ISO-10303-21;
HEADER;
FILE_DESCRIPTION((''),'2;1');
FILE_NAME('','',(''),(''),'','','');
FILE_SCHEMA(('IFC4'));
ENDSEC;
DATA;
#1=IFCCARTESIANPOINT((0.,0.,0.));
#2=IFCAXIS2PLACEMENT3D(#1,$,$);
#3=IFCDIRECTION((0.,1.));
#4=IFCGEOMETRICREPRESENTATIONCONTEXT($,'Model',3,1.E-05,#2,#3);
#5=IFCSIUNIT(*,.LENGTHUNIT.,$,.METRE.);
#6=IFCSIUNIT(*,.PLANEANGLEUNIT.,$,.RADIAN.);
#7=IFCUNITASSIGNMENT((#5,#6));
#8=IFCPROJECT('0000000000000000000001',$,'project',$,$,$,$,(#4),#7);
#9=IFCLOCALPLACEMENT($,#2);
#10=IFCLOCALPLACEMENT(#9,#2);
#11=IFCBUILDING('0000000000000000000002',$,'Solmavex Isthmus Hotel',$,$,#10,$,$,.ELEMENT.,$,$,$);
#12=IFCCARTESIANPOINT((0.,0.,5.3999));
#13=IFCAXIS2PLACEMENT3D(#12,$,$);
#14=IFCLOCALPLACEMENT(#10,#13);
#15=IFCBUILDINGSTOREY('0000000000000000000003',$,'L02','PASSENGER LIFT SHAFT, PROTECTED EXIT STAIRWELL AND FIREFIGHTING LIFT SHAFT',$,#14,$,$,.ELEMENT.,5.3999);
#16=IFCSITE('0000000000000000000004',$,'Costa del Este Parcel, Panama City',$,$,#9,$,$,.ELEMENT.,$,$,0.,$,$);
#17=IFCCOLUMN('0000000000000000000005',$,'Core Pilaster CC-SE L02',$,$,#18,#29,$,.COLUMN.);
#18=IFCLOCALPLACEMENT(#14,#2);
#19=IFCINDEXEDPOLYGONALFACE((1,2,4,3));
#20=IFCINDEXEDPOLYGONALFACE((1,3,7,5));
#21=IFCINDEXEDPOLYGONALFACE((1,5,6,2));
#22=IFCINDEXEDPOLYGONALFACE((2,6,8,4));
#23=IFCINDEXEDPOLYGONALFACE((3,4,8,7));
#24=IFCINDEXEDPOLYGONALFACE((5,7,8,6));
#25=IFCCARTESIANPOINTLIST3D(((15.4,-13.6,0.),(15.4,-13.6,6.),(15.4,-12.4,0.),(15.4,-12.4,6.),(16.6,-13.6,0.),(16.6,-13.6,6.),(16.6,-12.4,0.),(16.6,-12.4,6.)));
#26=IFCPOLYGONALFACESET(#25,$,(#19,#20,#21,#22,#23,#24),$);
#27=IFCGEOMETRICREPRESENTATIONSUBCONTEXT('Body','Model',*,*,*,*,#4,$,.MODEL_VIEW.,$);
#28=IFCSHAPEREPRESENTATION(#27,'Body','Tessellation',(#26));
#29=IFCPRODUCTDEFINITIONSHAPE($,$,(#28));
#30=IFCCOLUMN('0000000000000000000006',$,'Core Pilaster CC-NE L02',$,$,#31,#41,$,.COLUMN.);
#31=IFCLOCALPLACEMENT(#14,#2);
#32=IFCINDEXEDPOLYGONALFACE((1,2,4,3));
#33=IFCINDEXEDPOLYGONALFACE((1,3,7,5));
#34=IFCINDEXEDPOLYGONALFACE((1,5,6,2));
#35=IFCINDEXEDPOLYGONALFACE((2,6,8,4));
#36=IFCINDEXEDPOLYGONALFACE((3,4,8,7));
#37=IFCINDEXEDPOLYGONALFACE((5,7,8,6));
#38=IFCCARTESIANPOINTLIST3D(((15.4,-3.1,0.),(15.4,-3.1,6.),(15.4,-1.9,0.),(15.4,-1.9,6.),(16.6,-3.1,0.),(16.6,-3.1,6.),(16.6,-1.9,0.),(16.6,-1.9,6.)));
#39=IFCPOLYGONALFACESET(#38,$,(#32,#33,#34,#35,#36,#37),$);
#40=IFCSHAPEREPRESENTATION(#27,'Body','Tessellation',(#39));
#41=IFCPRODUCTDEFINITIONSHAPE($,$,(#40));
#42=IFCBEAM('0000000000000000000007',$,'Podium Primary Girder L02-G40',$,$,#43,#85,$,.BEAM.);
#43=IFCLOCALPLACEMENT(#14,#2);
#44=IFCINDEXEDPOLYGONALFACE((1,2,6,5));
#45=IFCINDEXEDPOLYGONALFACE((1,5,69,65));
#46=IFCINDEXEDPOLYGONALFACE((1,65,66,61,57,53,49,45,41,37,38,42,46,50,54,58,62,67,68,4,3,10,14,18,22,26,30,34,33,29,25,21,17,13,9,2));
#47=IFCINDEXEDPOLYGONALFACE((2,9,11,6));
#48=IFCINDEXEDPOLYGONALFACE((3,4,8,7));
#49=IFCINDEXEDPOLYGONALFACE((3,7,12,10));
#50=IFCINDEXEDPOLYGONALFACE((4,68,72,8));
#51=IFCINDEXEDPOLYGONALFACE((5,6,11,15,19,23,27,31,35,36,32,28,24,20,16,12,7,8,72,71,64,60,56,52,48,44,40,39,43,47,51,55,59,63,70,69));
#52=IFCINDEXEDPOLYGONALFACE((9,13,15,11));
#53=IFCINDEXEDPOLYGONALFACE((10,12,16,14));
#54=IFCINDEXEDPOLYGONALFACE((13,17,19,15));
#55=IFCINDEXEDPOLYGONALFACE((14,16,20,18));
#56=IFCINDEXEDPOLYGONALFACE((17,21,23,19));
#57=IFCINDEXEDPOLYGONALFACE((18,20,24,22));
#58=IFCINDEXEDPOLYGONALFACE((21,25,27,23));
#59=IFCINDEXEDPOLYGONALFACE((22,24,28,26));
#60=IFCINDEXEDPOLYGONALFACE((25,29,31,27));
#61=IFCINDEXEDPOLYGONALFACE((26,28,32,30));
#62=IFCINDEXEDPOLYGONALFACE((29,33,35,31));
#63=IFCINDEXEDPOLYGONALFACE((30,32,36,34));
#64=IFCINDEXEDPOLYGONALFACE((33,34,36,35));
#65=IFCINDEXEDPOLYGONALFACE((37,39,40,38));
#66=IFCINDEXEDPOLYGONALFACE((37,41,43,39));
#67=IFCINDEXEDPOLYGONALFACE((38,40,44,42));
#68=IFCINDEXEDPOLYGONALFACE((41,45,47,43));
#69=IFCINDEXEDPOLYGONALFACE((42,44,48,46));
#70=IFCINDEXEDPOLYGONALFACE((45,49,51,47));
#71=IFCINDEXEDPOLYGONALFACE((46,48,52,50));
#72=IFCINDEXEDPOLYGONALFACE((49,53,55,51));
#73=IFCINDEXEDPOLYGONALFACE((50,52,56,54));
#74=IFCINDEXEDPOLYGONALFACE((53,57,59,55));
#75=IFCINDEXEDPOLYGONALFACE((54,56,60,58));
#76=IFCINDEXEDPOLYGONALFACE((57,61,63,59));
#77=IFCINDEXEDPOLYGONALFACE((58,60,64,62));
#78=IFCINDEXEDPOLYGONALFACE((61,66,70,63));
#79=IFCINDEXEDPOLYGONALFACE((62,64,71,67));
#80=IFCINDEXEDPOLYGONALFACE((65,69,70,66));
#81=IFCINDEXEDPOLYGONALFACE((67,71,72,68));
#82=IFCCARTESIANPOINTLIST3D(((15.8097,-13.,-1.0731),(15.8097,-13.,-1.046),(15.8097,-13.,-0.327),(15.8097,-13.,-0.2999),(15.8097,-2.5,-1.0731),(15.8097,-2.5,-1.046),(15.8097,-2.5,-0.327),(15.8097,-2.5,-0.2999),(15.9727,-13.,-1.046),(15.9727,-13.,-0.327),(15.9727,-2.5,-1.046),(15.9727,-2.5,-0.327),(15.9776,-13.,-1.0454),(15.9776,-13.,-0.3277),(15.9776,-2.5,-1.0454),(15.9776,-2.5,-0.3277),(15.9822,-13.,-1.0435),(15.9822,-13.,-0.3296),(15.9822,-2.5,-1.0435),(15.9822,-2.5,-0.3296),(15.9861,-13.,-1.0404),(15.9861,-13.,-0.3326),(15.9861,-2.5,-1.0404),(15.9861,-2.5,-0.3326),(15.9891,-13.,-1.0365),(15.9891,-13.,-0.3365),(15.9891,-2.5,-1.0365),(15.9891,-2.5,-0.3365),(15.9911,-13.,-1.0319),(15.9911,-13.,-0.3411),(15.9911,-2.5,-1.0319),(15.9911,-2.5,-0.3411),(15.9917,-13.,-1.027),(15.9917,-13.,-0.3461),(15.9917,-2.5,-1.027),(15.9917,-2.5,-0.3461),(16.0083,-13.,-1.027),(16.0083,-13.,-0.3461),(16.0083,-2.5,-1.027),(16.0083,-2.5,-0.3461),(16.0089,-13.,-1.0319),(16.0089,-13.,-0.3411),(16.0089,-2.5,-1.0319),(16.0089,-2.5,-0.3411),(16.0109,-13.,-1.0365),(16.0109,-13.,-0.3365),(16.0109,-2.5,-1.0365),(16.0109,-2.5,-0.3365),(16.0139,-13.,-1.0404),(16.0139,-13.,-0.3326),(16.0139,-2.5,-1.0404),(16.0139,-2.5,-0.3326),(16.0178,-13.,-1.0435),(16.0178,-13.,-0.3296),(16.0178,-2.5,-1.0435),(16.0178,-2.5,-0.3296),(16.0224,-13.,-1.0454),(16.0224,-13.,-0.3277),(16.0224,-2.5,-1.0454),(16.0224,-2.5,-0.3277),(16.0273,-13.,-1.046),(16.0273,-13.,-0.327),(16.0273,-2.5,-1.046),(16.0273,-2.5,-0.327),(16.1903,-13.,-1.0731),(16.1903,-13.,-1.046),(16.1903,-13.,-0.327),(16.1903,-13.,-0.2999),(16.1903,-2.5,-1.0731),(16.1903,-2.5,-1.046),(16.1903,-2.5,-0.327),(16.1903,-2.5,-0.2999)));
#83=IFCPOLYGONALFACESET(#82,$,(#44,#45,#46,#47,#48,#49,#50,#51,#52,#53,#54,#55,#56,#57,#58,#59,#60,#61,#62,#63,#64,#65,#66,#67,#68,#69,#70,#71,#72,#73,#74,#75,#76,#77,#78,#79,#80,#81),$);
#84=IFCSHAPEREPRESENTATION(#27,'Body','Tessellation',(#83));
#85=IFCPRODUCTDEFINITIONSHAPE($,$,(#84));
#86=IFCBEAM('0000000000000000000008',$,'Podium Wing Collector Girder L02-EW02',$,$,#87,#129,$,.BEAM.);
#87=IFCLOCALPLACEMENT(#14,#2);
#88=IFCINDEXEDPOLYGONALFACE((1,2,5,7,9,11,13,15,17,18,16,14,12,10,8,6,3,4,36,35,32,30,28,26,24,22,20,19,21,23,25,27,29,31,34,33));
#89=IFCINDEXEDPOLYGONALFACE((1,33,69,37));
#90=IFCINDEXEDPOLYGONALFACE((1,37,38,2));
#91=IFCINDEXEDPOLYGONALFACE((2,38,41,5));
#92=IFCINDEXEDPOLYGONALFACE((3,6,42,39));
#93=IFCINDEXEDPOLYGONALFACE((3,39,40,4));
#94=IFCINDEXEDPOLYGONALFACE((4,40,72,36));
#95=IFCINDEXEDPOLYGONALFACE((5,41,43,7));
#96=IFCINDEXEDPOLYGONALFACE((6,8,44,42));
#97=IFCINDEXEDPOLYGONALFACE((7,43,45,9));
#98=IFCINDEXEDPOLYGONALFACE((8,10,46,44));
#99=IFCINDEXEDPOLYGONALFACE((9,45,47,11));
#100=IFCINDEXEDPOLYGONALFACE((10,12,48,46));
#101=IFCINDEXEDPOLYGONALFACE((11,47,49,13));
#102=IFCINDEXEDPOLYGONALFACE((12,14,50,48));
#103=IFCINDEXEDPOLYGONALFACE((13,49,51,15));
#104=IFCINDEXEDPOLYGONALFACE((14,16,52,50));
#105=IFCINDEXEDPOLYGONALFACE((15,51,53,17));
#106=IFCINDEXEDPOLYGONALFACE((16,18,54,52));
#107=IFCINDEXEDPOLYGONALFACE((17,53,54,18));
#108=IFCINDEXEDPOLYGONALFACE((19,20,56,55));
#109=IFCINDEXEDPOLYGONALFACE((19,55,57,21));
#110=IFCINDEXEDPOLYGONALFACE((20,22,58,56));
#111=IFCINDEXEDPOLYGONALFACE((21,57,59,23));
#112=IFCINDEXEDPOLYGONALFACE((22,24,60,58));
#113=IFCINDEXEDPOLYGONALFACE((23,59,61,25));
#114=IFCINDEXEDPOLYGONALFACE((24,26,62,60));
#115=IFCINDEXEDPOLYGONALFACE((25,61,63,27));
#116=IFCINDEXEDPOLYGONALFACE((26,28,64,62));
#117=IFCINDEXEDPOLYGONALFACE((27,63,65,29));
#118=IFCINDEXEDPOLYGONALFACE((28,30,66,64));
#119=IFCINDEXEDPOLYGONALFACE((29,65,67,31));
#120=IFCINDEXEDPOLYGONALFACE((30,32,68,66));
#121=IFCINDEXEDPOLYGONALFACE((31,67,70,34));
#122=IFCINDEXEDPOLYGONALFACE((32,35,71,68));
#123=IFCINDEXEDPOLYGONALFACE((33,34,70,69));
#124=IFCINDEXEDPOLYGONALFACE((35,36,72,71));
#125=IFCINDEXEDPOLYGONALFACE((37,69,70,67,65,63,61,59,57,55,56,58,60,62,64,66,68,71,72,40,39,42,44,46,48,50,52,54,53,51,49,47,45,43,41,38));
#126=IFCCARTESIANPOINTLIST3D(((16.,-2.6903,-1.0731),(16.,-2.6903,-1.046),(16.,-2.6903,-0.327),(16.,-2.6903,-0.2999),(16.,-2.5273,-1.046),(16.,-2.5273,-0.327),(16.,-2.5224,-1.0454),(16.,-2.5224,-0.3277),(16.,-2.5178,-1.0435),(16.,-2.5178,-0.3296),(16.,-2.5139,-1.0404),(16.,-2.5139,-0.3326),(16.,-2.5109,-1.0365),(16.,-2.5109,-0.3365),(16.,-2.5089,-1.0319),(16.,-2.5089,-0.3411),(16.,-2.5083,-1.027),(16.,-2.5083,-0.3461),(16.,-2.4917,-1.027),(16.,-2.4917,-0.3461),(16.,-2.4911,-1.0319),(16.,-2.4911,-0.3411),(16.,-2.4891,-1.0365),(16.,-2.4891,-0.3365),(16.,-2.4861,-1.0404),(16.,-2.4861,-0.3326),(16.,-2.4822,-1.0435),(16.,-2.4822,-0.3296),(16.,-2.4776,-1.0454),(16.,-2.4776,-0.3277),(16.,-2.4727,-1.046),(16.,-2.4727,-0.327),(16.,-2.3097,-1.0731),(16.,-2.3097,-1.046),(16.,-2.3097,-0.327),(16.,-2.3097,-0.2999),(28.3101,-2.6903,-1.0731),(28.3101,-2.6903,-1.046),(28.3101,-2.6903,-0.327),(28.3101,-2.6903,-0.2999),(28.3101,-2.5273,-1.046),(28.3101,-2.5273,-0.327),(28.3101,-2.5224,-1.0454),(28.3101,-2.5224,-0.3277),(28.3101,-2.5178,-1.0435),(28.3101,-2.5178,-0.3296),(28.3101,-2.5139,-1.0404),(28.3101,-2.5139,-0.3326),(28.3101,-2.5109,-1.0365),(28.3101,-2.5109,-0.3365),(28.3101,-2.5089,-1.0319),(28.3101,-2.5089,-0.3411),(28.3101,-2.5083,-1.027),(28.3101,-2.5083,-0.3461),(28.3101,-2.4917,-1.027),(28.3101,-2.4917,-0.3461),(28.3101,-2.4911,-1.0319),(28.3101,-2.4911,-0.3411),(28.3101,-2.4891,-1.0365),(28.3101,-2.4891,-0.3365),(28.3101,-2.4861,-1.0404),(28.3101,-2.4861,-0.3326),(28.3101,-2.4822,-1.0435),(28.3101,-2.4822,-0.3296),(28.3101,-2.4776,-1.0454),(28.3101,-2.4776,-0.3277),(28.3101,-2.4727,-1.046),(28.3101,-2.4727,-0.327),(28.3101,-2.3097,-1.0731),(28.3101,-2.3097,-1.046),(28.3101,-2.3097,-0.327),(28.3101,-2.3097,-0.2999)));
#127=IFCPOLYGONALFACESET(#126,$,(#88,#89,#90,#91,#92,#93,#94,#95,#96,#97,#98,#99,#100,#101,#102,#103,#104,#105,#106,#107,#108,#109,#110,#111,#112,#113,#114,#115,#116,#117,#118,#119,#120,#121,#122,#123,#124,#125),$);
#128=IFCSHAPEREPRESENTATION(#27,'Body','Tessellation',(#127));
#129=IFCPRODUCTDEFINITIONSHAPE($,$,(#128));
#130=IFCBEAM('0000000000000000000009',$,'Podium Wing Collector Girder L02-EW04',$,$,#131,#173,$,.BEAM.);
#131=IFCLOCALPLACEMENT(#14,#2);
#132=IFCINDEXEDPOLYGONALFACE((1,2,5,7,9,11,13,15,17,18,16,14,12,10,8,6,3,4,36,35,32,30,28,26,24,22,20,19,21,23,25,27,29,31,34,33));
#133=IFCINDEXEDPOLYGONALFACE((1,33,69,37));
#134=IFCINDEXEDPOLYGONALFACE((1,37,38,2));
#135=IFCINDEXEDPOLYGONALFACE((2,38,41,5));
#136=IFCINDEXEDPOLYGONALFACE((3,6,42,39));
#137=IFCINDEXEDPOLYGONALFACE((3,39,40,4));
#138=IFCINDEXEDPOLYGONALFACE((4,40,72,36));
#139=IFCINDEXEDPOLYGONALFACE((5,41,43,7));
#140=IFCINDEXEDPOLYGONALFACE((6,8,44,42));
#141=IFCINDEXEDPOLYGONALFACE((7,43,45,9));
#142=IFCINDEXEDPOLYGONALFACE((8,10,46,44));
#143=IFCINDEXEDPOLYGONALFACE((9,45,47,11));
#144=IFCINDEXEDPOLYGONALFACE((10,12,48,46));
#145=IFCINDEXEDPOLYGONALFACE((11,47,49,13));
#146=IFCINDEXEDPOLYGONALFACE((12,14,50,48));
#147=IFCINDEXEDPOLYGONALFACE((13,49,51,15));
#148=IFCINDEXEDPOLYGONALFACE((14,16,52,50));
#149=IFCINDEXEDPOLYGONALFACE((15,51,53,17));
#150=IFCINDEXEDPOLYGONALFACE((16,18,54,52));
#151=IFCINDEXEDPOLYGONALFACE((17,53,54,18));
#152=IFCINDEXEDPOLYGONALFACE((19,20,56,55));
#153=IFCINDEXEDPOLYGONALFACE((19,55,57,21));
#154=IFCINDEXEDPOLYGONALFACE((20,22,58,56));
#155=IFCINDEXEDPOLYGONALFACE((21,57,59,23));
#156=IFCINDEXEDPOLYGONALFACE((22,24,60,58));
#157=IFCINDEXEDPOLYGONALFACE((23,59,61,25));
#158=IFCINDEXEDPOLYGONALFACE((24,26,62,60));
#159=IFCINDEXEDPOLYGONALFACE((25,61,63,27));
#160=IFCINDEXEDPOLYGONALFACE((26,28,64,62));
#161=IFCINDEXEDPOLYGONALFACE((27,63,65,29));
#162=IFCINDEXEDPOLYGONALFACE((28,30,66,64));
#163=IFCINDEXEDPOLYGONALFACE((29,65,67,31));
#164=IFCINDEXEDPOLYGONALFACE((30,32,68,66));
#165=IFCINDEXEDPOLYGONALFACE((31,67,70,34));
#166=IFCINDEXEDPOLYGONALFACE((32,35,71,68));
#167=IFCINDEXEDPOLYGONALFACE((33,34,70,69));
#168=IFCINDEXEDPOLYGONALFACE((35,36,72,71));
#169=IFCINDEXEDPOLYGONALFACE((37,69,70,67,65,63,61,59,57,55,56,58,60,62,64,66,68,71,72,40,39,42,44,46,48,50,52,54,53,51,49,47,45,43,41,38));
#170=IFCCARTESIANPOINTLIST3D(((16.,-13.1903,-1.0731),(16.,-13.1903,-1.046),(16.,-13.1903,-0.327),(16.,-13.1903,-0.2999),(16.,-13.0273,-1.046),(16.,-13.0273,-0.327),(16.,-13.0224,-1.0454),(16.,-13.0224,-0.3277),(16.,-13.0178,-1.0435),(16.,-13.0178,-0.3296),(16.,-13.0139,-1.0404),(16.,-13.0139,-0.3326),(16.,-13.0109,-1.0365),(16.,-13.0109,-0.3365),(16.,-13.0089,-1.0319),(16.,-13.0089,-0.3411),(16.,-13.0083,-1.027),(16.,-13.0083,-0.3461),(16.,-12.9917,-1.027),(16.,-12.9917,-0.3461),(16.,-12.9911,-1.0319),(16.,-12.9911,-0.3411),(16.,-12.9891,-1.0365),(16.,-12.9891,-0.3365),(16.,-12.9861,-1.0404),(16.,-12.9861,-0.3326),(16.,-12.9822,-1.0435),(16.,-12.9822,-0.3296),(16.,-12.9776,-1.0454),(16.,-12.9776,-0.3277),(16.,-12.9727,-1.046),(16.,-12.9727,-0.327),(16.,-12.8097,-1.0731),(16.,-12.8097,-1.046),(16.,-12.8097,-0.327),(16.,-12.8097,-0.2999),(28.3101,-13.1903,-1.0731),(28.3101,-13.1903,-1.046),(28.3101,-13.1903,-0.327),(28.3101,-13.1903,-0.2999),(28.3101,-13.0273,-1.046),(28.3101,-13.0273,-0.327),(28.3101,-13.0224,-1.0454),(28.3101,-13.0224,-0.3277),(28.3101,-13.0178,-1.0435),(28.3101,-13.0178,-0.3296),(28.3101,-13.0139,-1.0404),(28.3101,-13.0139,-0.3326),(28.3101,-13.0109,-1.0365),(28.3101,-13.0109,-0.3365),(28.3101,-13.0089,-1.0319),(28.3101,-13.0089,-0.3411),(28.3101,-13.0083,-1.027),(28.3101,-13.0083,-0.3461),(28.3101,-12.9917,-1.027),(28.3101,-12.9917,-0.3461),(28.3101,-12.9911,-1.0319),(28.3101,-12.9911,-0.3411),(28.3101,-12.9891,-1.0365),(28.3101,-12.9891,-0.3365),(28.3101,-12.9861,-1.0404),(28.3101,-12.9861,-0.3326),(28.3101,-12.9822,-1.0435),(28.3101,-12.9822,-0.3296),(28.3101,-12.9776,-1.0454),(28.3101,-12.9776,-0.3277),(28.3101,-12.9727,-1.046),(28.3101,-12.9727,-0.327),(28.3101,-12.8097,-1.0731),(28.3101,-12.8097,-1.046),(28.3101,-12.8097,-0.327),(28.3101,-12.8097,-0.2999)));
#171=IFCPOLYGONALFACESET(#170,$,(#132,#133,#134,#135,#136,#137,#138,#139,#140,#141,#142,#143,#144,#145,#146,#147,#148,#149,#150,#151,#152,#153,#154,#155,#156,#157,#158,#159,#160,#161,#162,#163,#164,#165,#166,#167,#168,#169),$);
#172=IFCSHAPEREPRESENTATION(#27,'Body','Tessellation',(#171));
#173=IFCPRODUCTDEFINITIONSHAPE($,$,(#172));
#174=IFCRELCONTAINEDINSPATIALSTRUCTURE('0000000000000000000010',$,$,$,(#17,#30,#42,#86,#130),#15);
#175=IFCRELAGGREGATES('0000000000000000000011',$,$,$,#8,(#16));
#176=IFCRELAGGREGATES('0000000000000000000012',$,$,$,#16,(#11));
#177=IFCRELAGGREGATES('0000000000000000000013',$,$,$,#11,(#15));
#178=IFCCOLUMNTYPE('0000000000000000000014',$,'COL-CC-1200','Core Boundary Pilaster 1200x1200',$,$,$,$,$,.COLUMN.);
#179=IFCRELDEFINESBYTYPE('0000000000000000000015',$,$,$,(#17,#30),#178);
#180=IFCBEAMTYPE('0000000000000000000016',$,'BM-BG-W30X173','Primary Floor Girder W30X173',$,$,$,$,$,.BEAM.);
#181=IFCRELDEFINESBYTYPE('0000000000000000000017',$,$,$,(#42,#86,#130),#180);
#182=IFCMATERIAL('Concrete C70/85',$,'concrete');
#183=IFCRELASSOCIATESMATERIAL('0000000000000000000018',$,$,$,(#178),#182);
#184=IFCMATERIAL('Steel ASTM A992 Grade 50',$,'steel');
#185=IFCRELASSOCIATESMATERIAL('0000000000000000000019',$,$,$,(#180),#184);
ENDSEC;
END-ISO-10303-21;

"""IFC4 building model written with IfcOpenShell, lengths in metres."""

from ifc_helpers import new_model, si_unit, direction, frame, origin, origin_2d, place, context, subcontext, project, spatial, rectangle, i_section, extrude, material, material_profile, profile_set, type_object, element, save


model = new_model("IFC4")

# Units and contexts
model_context = context("Model", 3, precision=1e-05, world=origin(), true_north=direction((0.0, 1.0)))
body_context = subcontext(model_context, "Body", "Model", "MODEL_VIEW")
ifc_project = project(units=[si_unit("LENGTHUNIT", "METRE"), si_unit("PLANEANGLEUNIT", "RADIAN")], contexts=[model_context])

# Site, building, storey
site_placement = place(None, origin())
site = spatial("IfcSite", under=ifc_project, at=site_placement, Name="Costa del Este Parcel, Panama City", CompositionType="ELEMENT", RefElevation=0.0)
building_placement = place(site_placement, origin())
building = spatial("IfcBuilding", under=site, at=building_placement, Name="Solmavex Isthmus Hotel", CompositionType="ELEMENT")
storey_placement = place(building_placement, frame((0.0, 0.0, 5.3999)))
storey = spatial("IfcBuildingStorey", under=building, at=storey_placement, Name="L02", Description="PASSENGER LIFT SHAFT, PROTECTED EXIT STAIRWELL AND FIREFIGHTING LIFT SHAFT", CompositionType="ELEMENT", Elevation=5.3999)

# Columns
ifc_material_1 = material(Name="Concrete C70/85", Category="concrete")
ifc_material_profile_1 = material_profile(ifc_material_1, rectangle(XDim=1.2, YDim=1.2, at=origin_2d()), Name="RC1200X1200")
ifc_profile_set_1 = profile_set([ifc_material_profile_1], Name="Concrete C70/85")
column_type = type_object("IfcColumnType", Name="COL-CC-1200", Description="Core Boundary Pilaster 1200x1200", PredefinedType="COLUMN", material=ifc_profile_set_1)
for number, where, z_axis, x_axis, name in (
    (1, (16.0, -13.0, 0.0), (0.0, 0.0, 1.0), (1.0, 0.0, 0.0), "Core Pilaster CC-SE L02"),
    (2, (16.0, -2.5, 0.0), (0.0, 0.0, 1.0), (1.0, 0.0, 0.0), "Core Pilaster CC-NE L02"),
):
    element("IfcColumn", number, at=place(storey_placement, frame(where, z_axis=z_axis, x_axis=x_axis)), inside=storey, type_object=column_type, Name=name, PredefinedType="COLUMN", context=body_context, shape_type="SweptSolid", body=[
        extrude(rectangle(XDim=1.2, YDim=1.2, at=origin_2d()), origin(), (0.0, 0.0, 1.0), 6.0),
    ])

# Beams
ifc_material_2 = material(Name="Steel ASTM A992 Grade 50", Category="steel")
ifc_material_profile_2 = material_profile(ifc_material_2, i_section(OverallWidth=0.3806, OverallDepth=0.7732, WebThickness=0.0166, FlangeThickness=0.0271, FilletRadius=0.019, at=origin_2d()), Name="W30X173")
ifc_profile_set_2 = profile_set([ifc_material_profile_2], Name="Steel ASTM A992 Grade 50")
beam_type_1 = type_object("IfcBeamType", Name="BM-BG-W30X173", Description="Primary Floor Girder W30X173", PredefinedType="BEAM", material=ifc_profile_set_2)
beam_1_placement = place(storey_placement, frame((16.0, -13.0, -0.6865), z_axis=(0.0, 1.0, 0.0), x_axis=(-1.0, 0.0, 0.0)))
element("IfcBeam", 3, at=beam_1_placement, inside=storey, type_object=beam_type_1, Name="Podium Primary Girder L02-G40", PredefinedType="BEAM", context=body_context, shape_type="SweptSolid", body=[
    extrude(i_section(OverallWidth=0.3806, OverallDepth=0.7732, WebThickness=0.0166, FlangeThickness=0.0271, FilletRadius=0.019, at=origin_2d()), origin(), (0.0, 0.0, 1.0), 10.5),
])
for number, where, z_axis, x_axis, name in (
    (4, (16.0, -2.5, -0.6865), (1.0, 0.0, 0.0), (0.0, 1.0, 0.0), "Podium Wing Collector Girder L02-EW02"),
    (5, (16.0, -13.0, -0.6865), (1.0, 0.0, 0.0), (0.0, 1.0, 0.0), "Podium Wing Collector Girder L02-EW04"),
):
    element("IfcBeam", number, at=place(storey_placement, frame(where, z_axis=z_axis, x_axis=x_axis)), inside=storey, type_object=beam_type_1, Name=name, PredefinedType="BEAM", context=body_context, shape_type="SweptSolid", body=[
        extrude(i_section(OverallWidth=0.3806, OverallDepth=0.7732, WebThickness=0.0166, FlangeThickness=0.0271, FilletRadius=0.019, at=origin_2d()), origin(), (0.0, 0.0, 1.0), 12.3101),
    ])

save(model, "model.ifc")
